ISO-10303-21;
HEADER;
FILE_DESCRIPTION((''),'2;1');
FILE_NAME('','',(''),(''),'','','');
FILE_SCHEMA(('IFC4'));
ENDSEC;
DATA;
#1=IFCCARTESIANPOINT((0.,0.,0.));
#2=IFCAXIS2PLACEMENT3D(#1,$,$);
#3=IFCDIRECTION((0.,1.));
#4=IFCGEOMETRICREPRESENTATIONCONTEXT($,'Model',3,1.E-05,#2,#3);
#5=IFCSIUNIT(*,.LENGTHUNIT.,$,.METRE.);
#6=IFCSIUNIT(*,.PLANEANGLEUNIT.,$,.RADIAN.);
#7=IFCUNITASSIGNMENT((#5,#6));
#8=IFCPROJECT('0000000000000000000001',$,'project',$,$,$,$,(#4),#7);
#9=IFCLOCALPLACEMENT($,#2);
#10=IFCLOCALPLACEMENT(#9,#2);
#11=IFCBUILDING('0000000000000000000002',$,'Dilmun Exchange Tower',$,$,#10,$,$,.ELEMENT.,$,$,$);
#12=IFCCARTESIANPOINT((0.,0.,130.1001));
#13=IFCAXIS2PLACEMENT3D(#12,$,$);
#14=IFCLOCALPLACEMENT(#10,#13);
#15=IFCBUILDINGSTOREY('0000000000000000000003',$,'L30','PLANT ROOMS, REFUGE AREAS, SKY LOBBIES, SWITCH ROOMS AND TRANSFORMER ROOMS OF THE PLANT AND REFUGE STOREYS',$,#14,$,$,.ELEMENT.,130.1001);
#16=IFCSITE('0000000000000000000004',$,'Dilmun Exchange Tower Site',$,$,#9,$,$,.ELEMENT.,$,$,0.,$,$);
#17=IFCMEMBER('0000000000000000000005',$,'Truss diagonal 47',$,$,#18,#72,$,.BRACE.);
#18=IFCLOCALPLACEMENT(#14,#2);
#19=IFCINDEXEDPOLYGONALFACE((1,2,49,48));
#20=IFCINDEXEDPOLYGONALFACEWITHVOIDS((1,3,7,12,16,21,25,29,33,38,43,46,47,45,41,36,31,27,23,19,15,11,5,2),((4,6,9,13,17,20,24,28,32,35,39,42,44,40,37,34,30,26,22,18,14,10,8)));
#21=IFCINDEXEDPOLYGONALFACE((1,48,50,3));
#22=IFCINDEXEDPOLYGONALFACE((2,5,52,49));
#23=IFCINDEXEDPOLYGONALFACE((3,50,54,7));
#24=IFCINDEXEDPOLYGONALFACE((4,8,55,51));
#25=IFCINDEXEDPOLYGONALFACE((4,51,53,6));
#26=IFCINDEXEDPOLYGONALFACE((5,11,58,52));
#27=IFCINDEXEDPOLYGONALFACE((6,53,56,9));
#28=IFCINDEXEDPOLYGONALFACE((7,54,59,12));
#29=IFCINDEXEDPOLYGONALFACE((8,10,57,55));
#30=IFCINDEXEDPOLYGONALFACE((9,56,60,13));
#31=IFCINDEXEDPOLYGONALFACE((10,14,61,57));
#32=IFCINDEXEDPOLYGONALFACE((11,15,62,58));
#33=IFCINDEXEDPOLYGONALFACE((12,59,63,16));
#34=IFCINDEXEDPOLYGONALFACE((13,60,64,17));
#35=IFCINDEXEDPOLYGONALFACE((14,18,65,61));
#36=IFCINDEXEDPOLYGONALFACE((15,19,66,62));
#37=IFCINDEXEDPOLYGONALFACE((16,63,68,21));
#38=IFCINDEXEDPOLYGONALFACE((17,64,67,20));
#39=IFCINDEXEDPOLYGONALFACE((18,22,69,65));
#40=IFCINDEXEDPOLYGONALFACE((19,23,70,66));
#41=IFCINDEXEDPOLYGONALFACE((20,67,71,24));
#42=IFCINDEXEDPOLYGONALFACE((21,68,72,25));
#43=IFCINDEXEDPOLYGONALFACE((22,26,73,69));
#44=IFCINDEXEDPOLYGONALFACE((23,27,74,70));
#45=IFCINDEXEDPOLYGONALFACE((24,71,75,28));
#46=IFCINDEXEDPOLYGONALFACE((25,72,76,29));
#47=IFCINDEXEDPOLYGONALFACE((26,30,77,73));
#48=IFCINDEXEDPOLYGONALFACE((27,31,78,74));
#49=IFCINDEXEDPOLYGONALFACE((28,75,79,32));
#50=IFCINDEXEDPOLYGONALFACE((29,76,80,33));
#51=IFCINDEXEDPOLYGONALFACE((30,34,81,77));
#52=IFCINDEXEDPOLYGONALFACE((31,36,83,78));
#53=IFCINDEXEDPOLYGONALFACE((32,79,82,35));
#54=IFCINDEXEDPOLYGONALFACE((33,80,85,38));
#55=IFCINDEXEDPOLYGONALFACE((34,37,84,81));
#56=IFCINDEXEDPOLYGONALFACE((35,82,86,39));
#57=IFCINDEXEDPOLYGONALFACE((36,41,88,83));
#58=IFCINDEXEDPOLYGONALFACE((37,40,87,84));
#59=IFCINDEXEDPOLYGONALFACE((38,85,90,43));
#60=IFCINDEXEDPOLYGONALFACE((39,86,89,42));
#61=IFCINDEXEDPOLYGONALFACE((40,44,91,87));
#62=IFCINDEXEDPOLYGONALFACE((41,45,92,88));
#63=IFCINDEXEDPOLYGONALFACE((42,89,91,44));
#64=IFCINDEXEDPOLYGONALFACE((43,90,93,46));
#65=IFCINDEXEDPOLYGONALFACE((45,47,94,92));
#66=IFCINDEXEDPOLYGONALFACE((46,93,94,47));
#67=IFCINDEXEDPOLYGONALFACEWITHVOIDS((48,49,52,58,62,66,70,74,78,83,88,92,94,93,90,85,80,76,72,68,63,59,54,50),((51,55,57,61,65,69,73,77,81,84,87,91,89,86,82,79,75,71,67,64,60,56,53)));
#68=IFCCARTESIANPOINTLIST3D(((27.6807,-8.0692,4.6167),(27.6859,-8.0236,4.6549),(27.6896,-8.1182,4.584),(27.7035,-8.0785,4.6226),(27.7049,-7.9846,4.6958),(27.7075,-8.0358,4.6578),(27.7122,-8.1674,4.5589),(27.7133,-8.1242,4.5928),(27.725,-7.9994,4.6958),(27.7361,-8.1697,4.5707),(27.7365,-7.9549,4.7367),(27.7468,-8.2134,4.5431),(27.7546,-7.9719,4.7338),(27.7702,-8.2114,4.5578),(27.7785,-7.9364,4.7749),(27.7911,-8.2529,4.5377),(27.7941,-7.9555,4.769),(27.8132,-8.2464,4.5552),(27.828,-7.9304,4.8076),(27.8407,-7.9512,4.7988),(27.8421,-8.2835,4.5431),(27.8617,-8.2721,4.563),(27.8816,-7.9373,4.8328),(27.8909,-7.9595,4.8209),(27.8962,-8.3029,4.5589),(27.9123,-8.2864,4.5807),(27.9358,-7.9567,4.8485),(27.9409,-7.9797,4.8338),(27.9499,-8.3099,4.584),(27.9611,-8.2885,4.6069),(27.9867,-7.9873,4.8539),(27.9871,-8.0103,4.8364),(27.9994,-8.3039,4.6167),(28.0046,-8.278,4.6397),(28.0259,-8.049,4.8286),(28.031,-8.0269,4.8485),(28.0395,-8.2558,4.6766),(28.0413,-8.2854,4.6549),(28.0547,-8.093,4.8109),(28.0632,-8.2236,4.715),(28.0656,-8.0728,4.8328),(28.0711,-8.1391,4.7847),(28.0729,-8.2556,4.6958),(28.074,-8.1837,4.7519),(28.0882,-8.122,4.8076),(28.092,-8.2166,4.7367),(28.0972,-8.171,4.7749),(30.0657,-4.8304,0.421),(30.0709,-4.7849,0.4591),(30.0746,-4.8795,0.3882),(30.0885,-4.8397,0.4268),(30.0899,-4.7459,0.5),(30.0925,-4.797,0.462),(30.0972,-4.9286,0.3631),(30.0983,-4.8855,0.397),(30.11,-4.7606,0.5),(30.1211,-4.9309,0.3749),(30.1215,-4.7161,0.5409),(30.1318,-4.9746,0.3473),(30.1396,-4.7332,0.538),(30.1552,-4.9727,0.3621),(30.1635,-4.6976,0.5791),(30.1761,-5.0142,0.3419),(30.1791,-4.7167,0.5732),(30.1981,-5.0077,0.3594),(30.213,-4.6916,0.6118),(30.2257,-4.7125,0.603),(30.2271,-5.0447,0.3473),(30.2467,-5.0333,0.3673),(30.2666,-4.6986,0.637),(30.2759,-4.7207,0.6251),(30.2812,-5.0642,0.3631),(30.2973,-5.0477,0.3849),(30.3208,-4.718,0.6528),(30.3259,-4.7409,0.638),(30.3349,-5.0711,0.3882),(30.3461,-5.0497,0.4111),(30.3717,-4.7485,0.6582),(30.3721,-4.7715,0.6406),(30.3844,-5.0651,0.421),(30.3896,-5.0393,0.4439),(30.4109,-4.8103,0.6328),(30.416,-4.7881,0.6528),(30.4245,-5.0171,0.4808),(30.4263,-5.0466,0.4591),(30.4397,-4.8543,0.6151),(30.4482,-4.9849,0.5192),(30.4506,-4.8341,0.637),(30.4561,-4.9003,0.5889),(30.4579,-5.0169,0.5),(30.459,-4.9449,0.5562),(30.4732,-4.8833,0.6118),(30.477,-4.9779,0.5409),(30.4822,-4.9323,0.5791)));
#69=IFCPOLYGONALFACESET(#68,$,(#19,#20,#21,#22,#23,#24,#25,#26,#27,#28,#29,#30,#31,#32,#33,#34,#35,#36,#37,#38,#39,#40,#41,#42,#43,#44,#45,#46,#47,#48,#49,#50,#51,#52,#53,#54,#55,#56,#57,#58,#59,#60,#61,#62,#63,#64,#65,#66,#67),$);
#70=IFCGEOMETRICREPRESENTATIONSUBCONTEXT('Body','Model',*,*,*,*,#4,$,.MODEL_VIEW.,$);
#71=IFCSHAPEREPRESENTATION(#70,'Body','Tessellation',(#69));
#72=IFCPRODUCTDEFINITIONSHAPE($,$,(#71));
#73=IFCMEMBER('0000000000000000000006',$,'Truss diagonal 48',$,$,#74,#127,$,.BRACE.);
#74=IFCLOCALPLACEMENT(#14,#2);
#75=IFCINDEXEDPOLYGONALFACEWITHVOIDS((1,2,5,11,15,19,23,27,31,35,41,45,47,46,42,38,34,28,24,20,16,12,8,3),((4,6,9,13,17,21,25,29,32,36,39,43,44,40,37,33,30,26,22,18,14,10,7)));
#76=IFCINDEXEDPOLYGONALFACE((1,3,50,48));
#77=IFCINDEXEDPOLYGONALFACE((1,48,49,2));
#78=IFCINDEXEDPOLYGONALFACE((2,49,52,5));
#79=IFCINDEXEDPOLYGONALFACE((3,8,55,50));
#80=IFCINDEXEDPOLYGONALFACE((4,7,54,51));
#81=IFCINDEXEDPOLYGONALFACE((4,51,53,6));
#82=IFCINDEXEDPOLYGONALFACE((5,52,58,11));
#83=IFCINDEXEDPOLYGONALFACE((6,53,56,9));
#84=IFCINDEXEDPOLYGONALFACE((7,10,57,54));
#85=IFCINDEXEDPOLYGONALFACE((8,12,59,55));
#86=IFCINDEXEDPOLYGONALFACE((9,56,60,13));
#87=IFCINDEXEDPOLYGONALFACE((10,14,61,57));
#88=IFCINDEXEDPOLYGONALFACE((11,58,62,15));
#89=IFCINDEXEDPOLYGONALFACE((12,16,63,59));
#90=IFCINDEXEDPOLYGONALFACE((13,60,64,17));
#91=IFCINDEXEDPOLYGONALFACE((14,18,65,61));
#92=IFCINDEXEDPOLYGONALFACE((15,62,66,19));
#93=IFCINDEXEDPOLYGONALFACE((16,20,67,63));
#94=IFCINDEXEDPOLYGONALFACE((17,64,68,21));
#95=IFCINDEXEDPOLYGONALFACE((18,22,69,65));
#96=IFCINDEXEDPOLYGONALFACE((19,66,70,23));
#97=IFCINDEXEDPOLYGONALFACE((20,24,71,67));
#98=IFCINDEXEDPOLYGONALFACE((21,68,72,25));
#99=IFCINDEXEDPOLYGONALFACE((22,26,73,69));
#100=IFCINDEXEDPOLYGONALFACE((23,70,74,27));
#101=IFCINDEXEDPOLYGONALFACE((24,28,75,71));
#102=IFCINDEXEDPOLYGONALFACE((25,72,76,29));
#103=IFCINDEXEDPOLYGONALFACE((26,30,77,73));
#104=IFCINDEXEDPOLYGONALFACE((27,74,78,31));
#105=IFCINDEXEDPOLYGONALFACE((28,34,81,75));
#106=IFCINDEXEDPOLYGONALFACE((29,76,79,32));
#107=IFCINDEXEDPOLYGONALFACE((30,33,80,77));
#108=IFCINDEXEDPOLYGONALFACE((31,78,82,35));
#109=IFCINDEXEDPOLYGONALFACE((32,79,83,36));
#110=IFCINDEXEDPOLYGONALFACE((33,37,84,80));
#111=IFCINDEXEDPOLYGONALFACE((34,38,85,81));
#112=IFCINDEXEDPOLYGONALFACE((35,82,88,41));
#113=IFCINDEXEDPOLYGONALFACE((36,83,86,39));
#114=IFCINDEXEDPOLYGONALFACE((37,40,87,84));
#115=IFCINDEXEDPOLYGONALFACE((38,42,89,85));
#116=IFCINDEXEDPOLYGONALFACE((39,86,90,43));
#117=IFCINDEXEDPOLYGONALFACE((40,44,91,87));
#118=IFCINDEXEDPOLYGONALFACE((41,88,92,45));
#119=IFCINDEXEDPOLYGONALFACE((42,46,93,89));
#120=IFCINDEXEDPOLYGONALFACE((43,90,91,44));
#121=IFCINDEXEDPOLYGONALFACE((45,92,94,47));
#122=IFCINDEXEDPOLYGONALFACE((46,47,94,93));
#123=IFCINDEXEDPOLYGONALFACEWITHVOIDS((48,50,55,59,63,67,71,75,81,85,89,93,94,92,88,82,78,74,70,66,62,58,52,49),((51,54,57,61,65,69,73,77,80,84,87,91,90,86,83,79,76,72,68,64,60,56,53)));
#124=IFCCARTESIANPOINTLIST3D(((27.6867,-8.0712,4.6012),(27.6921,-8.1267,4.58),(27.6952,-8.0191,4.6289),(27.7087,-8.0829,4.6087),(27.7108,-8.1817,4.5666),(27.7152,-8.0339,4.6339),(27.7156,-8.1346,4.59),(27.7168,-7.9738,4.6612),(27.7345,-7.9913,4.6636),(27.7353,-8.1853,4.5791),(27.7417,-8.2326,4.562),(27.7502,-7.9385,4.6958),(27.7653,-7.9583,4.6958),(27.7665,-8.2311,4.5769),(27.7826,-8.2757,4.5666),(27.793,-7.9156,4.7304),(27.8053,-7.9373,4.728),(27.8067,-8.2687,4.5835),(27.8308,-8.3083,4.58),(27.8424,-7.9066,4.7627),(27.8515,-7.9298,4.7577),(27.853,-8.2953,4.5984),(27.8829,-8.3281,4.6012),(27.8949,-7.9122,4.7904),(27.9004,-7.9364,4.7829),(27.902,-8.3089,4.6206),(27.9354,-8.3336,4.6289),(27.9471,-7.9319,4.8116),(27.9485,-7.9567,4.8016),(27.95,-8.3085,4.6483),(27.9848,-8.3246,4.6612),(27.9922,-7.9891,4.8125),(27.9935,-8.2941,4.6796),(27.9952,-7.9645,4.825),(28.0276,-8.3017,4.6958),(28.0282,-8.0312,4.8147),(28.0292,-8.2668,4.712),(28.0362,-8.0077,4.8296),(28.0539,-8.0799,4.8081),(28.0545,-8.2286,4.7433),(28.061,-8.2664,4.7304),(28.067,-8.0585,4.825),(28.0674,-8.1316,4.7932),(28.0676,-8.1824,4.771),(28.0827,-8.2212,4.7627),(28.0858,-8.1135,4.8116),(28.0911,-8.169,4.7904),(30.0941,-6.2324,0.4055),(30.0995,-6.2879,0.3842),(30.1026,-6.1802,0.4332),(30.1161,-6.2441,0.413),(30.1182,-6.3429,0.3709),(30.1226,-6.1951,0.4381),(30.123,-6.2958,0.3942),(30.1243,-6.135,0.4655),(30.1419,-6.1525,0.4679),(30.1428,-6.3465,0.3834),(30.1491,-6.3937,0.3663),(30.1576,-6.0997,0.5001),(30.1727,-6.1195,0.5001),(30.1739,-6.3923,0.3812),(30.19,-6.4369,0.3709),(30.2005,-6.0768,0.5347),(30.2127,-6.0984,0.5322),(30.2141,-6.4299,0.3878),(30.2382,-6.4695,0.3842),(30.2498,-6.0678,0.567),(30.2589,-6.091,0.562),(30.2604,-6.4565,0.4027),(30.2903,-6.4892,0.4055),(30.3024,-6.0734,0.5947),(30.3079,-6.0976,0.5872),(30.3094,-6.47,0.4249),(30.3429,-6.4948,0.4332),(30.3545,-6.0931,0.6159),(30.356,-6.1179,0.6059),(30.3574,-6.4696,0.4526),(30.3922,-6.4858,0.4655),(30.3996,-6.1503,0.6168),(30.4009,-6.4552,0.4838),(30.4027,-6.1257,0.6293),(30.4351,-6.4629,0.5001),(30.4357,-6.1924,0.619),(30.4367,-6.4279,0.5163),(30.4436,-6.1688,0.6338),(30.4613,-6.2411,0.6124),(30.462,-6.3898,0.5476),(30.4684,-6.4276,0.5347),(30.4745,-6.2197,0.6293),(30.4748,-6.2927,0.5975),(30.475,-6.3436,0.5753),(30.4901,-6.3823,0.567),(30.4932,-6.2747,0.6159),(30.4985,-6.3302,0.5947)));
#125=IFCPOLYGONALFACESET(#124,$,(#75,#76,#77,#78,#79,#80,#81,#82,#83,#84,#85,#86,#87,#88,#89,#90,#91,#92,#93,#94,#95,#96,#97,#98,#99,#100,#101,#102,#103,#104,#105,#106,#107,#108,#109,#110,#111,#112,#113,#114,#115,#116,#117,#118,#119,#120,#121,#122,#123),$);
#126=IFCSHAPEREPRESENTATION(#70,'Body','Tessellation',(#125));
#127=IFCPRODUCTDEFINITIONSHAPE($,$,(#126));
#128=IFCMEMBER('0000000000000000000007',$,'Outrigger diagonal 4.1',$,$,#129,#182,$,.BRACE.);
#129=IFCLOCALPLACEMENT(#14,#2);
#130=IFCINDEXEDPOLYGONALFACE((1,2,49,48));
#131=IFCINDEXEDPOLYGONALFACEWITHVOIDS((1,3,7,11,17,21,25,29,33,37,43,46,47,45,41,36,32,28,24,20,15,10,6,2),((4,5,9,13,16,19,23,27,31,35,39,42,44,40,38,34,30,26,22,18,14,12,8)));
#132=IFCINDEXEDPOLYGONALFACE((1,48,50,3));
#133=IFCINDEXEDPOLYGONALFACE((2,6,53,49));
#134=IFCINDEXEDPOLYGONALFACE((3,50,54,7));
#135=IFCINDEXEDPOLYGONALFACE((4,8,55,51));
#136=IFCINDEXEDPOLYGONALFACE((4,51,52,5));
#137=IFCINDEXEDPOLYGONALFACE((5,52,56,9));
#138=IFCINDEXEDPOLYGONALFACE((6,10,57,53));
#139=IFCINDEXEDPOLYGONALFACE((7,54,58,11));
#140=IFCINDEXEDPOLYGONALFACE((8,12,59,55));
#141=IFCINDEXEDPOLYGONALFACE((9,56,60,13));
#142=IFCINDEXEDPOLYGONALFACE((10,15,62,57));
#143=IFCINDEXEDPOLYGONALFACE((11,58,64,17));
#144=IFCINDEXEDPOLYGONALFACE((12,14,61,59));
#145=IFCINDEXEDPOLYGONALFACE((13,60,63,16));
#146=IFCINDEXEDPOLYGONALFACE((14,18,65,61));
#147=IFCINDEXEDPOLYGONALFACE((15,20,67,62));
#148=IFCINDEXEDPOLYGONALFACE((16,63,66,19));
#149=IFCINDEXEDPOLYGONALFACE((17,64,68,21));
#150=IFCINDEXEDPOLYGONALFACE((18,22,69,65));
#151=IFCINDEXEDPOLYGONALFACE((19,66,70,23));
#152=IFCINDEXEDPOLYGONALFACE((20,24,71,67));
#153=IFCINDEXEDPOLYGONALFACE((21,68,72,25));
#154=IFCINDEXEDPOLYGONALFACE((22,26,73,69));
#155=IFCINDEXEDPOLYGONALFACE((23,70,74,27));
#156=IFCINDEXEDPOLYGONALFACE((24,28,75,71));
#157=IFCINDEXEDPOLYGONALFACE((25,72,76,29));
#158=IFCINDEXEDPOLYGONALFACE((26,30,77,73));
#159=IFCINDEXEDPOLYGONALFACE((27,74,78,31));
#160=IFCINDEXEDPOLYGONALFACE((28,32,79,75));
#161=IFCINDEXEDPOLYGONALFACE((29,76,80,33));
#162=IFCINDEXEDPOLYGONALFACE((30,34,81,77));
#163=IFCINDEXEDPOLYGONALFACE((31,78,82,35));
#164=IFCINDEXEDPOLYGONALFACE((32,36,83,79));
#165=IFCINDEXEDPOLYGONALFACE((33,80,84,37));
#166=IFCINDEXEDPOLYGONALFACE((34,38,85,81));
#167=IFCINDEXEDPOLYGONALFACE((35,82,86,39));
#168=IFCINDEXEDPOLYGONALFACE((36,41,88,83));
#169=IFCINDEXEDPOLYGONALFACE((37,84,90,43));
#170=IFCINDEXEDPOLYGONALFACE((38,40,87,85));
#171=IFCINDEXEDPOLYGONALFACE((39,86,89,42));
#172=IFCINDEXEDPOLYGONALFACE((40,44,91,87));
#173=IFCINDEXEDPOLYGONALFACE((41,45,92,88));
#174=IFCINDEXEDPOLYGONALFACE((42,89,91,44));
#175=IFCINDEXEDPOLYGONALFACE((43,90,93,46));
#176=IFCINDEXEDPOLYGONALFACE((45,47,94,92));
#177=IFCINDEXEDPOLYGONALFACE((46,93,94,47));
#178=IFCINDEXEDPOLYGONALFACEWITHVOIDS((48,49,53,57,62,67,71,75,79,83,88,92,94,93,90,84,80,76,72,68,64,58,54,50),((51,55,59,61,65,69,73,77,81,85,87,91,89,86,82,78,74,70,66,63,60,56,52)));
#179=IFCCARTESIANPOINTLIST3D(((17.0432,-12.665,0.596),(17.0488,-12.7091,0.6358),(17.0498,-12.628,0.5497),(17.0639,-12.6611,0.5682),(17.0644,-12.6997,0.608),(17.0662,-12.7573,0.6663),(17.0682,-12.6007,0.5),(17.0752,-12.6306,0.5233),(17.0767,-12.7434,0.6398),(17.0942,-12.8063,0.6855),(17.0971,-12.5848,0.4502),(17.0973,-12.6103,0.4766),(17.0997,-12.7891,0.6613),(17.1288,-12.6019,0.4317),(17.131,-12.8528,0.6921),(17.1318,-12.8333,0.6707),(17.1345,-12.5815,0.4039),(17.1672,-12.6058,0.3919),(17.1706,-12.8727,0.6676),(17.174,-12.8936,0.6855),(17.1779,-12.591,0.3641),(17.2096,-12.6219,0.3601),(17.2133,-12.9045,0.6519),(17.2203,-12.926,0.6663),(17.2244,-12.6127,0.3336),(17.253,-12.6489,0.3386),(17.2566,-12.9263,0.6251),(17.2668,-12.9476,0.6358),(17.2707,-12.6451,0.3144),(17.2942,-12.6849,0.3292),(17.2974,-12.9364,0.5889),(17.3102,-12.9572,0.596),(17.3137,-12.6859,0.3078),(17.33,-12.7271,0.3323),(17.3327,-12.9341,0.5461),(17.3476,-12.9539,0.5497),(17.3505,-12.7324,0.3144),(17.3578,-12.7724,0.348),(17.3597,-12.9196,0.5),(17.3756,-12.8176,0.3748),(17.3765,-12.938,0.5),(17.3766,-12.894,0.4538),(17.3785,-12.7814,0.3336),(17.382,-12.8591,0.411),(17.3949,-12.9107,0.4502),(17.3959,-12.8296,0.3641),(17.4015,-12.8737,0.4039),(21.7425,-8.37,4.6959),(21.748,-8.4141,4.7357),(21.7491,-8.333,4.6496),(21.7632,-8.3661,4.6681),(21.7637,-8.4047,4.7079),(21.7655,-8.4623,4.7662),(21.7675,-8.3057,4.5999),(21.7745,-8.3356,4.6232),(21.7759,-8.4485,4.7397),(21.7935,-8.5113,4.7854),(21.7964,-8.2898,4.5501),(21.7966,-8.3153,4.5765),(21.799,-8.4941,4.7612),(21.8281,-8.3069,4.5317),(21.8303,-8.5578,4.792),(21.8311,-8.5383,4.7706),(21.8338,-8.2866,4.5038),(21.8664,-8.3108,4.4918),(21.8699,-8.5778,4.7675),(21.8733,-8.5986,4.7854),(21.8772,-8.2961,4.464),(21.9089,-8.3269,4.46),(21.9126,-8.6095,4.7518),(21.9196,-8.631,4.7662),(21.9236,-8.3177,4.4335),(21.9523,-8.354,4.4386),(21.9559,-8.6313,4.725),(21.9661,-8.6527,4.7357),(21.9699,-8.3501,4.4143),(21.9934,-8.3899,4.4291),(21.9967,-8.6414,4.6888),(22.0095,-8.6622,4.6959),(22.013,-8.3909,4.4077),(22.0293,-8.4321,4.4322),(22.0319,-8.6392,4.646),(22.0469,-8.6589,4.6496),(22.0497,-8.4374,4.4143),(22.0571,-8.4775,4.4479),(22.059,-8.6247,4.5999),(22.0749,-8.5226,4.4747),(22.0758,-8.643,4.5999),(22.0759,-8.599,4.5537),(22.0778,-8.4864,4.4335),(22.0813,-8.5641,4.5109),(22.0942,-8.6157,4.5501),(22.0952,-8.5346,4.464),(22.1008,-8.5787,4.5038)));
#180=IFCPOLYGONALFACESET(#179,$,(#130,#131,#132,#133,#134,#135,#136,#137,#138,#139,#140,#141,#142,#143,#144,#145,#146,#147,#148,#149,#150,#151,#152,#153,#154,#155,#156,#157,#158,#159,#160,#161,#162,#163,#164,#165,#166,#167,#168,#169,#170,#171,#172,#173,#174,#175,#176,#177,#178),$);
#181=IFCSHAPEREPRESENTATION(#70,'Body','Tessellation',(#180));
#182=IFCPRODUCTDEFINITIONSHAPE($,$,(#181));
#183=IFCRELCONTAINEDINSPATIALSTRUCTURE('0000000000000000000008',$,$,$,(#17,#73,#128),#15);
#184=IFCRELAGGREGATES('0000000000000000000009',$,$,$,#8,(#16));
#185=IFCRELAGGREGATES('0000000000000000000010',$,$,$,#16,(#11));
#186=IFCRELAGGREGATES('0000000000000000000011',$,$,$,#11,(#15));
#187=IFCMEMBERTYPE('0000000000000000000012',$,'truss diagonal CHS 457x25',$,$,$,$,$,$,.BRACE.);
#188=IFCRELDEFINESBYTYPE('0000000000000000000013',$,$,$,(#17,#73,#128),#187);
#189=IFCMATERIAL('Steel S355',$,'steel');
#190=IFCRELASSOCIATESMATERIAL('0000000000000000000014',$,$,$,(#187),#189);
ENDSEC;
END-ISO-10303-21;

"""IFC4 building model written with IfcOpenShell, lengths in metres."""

from ifc_helpers import new_model, si_unit, direction, frame, origin, origin_2d, place, context, subcontext, project, spatial, hollow_circle, extrude, material, material_profile, profile_set, type_object, element, save


model = new_model("IFC4")

# Units and contexts
model_context = context("Model", 3, precision=1e-05, world=origin(), true_north=direction((0.0, 1.0)))
body_context = subcontext(model_context, "Body", "Model", "MODEL_VIEW")
ifc_project = project(units=[si_unit("LENGTHUNIT", "METRE"), si_unit("PLANEANGLEUNIT", "RADIAN")], contexts=[model_context])

# Site, building, storey
site_placement = place(None, origin())
site = spatial("IfcSite", under=ifc_project, at=site_placement, Name="Dilmun Exchange Tower Site", CompositionType="ELEMENT", RefElevation=0.0)
building_placement = place(site_placement, origin())
building = spatial("IfcBuilding", under=site, at=building_placement, Name="Dilmun Exchange Tower", CompositionType="ELEMENT")
storey_placement = place(building_placement, frame((0.0, 0.0, 130.1001)))
storey = spatial("IfcBuildingStorey", under=building, at=storey_placement, Name="L30", Description="PLANT ROOMS, REFUGE AREAS, SKY LOBBIES, SWITCH ROOMS AND TRANSFORMER ROOMS OF THE PLANT AND REFUGE STOREYS", CompositionType="ELEMENT", Elevation=130.1001)

# Shared definitions
ifc_material_1 = material(Name="Steel S355", Category="steel")

# Members
ifc_material_profile_1 = material_profile(ifc_material_1, hollow_circle(Radius=0.2285, WallThickness=0.0249, at=origin_2d()), Name="CHS 457x25")
ifc_profile_set_1 = profile_set([ifc_material_profile_1], Name="Steel S355")
member_type_1 = type_object("IfcMemberType", Name="truss diagonal CHS 457x25", PredefinedType="BRACE", material=ifc_profile_set_1)
member_1_placement = place(storey_placement, frame((27.8889, -8.1201, 4.6958), z_axis=(0.41034, 0.557228, -0.721885), x_axis=(-0.805228, 0.592965, 0.0)))
element("IfcMember", 1, at=member_1_placement, inside=storey, type_object=member_type_1, Name="Truss diagonal 47", PredefinedType="BRACE", context=body_context, shape_type="SweptSolid", body=[
    extrude(hollow_circle(Radius=0.2285, WallThickness=0.0249, at=origin_2d()), origin(), (0.0, 0.0, 1.0), 5.8123),
])
member_2_placement = place(storey_placement, frame((27.8889, -8.1201, 4.6958), z_axis=(0.465199, 0.355327, -0.810761), x_axis=(-0.607004, 0.794699, 0.0)))
element("IfcMember", 2, at=member_2_placement, inside=storey, type_object=member_type_1, Name="Truss diagonal 48", PredefinedType="BRACE", context=body_context, shape_type="SweptSolid", body=[
    extrude(hollow_circle(Radius=0.2285, WallThickness=0.0249, at=origin_2d()), origin(), (0.0, 0.0, 1.0), 5.175),
])
member_3_placement = place(storey_placement, frame((21.9216, -8.4744, 4.5999), z_axis=(-0.62059, -0.567198, -0.541437), x_axis=(0.67464, -0.738147, 0.0)))
element("IfcMember", 3, at=member_3_placement, inside=storey, type_object=member_type_1, Name="Outrigger diagonal 4.1", PredefinedType="BRACE", context=body_context, shape_type="SweptSolid", body=[
    extrude(hollow_circle(Radius=0.2285, WallThickness=0.0249, at=origin_2d()), origin(), (0.0, 0.0, 1.0), 7.5723),
])

save(model, "model.ifc")
